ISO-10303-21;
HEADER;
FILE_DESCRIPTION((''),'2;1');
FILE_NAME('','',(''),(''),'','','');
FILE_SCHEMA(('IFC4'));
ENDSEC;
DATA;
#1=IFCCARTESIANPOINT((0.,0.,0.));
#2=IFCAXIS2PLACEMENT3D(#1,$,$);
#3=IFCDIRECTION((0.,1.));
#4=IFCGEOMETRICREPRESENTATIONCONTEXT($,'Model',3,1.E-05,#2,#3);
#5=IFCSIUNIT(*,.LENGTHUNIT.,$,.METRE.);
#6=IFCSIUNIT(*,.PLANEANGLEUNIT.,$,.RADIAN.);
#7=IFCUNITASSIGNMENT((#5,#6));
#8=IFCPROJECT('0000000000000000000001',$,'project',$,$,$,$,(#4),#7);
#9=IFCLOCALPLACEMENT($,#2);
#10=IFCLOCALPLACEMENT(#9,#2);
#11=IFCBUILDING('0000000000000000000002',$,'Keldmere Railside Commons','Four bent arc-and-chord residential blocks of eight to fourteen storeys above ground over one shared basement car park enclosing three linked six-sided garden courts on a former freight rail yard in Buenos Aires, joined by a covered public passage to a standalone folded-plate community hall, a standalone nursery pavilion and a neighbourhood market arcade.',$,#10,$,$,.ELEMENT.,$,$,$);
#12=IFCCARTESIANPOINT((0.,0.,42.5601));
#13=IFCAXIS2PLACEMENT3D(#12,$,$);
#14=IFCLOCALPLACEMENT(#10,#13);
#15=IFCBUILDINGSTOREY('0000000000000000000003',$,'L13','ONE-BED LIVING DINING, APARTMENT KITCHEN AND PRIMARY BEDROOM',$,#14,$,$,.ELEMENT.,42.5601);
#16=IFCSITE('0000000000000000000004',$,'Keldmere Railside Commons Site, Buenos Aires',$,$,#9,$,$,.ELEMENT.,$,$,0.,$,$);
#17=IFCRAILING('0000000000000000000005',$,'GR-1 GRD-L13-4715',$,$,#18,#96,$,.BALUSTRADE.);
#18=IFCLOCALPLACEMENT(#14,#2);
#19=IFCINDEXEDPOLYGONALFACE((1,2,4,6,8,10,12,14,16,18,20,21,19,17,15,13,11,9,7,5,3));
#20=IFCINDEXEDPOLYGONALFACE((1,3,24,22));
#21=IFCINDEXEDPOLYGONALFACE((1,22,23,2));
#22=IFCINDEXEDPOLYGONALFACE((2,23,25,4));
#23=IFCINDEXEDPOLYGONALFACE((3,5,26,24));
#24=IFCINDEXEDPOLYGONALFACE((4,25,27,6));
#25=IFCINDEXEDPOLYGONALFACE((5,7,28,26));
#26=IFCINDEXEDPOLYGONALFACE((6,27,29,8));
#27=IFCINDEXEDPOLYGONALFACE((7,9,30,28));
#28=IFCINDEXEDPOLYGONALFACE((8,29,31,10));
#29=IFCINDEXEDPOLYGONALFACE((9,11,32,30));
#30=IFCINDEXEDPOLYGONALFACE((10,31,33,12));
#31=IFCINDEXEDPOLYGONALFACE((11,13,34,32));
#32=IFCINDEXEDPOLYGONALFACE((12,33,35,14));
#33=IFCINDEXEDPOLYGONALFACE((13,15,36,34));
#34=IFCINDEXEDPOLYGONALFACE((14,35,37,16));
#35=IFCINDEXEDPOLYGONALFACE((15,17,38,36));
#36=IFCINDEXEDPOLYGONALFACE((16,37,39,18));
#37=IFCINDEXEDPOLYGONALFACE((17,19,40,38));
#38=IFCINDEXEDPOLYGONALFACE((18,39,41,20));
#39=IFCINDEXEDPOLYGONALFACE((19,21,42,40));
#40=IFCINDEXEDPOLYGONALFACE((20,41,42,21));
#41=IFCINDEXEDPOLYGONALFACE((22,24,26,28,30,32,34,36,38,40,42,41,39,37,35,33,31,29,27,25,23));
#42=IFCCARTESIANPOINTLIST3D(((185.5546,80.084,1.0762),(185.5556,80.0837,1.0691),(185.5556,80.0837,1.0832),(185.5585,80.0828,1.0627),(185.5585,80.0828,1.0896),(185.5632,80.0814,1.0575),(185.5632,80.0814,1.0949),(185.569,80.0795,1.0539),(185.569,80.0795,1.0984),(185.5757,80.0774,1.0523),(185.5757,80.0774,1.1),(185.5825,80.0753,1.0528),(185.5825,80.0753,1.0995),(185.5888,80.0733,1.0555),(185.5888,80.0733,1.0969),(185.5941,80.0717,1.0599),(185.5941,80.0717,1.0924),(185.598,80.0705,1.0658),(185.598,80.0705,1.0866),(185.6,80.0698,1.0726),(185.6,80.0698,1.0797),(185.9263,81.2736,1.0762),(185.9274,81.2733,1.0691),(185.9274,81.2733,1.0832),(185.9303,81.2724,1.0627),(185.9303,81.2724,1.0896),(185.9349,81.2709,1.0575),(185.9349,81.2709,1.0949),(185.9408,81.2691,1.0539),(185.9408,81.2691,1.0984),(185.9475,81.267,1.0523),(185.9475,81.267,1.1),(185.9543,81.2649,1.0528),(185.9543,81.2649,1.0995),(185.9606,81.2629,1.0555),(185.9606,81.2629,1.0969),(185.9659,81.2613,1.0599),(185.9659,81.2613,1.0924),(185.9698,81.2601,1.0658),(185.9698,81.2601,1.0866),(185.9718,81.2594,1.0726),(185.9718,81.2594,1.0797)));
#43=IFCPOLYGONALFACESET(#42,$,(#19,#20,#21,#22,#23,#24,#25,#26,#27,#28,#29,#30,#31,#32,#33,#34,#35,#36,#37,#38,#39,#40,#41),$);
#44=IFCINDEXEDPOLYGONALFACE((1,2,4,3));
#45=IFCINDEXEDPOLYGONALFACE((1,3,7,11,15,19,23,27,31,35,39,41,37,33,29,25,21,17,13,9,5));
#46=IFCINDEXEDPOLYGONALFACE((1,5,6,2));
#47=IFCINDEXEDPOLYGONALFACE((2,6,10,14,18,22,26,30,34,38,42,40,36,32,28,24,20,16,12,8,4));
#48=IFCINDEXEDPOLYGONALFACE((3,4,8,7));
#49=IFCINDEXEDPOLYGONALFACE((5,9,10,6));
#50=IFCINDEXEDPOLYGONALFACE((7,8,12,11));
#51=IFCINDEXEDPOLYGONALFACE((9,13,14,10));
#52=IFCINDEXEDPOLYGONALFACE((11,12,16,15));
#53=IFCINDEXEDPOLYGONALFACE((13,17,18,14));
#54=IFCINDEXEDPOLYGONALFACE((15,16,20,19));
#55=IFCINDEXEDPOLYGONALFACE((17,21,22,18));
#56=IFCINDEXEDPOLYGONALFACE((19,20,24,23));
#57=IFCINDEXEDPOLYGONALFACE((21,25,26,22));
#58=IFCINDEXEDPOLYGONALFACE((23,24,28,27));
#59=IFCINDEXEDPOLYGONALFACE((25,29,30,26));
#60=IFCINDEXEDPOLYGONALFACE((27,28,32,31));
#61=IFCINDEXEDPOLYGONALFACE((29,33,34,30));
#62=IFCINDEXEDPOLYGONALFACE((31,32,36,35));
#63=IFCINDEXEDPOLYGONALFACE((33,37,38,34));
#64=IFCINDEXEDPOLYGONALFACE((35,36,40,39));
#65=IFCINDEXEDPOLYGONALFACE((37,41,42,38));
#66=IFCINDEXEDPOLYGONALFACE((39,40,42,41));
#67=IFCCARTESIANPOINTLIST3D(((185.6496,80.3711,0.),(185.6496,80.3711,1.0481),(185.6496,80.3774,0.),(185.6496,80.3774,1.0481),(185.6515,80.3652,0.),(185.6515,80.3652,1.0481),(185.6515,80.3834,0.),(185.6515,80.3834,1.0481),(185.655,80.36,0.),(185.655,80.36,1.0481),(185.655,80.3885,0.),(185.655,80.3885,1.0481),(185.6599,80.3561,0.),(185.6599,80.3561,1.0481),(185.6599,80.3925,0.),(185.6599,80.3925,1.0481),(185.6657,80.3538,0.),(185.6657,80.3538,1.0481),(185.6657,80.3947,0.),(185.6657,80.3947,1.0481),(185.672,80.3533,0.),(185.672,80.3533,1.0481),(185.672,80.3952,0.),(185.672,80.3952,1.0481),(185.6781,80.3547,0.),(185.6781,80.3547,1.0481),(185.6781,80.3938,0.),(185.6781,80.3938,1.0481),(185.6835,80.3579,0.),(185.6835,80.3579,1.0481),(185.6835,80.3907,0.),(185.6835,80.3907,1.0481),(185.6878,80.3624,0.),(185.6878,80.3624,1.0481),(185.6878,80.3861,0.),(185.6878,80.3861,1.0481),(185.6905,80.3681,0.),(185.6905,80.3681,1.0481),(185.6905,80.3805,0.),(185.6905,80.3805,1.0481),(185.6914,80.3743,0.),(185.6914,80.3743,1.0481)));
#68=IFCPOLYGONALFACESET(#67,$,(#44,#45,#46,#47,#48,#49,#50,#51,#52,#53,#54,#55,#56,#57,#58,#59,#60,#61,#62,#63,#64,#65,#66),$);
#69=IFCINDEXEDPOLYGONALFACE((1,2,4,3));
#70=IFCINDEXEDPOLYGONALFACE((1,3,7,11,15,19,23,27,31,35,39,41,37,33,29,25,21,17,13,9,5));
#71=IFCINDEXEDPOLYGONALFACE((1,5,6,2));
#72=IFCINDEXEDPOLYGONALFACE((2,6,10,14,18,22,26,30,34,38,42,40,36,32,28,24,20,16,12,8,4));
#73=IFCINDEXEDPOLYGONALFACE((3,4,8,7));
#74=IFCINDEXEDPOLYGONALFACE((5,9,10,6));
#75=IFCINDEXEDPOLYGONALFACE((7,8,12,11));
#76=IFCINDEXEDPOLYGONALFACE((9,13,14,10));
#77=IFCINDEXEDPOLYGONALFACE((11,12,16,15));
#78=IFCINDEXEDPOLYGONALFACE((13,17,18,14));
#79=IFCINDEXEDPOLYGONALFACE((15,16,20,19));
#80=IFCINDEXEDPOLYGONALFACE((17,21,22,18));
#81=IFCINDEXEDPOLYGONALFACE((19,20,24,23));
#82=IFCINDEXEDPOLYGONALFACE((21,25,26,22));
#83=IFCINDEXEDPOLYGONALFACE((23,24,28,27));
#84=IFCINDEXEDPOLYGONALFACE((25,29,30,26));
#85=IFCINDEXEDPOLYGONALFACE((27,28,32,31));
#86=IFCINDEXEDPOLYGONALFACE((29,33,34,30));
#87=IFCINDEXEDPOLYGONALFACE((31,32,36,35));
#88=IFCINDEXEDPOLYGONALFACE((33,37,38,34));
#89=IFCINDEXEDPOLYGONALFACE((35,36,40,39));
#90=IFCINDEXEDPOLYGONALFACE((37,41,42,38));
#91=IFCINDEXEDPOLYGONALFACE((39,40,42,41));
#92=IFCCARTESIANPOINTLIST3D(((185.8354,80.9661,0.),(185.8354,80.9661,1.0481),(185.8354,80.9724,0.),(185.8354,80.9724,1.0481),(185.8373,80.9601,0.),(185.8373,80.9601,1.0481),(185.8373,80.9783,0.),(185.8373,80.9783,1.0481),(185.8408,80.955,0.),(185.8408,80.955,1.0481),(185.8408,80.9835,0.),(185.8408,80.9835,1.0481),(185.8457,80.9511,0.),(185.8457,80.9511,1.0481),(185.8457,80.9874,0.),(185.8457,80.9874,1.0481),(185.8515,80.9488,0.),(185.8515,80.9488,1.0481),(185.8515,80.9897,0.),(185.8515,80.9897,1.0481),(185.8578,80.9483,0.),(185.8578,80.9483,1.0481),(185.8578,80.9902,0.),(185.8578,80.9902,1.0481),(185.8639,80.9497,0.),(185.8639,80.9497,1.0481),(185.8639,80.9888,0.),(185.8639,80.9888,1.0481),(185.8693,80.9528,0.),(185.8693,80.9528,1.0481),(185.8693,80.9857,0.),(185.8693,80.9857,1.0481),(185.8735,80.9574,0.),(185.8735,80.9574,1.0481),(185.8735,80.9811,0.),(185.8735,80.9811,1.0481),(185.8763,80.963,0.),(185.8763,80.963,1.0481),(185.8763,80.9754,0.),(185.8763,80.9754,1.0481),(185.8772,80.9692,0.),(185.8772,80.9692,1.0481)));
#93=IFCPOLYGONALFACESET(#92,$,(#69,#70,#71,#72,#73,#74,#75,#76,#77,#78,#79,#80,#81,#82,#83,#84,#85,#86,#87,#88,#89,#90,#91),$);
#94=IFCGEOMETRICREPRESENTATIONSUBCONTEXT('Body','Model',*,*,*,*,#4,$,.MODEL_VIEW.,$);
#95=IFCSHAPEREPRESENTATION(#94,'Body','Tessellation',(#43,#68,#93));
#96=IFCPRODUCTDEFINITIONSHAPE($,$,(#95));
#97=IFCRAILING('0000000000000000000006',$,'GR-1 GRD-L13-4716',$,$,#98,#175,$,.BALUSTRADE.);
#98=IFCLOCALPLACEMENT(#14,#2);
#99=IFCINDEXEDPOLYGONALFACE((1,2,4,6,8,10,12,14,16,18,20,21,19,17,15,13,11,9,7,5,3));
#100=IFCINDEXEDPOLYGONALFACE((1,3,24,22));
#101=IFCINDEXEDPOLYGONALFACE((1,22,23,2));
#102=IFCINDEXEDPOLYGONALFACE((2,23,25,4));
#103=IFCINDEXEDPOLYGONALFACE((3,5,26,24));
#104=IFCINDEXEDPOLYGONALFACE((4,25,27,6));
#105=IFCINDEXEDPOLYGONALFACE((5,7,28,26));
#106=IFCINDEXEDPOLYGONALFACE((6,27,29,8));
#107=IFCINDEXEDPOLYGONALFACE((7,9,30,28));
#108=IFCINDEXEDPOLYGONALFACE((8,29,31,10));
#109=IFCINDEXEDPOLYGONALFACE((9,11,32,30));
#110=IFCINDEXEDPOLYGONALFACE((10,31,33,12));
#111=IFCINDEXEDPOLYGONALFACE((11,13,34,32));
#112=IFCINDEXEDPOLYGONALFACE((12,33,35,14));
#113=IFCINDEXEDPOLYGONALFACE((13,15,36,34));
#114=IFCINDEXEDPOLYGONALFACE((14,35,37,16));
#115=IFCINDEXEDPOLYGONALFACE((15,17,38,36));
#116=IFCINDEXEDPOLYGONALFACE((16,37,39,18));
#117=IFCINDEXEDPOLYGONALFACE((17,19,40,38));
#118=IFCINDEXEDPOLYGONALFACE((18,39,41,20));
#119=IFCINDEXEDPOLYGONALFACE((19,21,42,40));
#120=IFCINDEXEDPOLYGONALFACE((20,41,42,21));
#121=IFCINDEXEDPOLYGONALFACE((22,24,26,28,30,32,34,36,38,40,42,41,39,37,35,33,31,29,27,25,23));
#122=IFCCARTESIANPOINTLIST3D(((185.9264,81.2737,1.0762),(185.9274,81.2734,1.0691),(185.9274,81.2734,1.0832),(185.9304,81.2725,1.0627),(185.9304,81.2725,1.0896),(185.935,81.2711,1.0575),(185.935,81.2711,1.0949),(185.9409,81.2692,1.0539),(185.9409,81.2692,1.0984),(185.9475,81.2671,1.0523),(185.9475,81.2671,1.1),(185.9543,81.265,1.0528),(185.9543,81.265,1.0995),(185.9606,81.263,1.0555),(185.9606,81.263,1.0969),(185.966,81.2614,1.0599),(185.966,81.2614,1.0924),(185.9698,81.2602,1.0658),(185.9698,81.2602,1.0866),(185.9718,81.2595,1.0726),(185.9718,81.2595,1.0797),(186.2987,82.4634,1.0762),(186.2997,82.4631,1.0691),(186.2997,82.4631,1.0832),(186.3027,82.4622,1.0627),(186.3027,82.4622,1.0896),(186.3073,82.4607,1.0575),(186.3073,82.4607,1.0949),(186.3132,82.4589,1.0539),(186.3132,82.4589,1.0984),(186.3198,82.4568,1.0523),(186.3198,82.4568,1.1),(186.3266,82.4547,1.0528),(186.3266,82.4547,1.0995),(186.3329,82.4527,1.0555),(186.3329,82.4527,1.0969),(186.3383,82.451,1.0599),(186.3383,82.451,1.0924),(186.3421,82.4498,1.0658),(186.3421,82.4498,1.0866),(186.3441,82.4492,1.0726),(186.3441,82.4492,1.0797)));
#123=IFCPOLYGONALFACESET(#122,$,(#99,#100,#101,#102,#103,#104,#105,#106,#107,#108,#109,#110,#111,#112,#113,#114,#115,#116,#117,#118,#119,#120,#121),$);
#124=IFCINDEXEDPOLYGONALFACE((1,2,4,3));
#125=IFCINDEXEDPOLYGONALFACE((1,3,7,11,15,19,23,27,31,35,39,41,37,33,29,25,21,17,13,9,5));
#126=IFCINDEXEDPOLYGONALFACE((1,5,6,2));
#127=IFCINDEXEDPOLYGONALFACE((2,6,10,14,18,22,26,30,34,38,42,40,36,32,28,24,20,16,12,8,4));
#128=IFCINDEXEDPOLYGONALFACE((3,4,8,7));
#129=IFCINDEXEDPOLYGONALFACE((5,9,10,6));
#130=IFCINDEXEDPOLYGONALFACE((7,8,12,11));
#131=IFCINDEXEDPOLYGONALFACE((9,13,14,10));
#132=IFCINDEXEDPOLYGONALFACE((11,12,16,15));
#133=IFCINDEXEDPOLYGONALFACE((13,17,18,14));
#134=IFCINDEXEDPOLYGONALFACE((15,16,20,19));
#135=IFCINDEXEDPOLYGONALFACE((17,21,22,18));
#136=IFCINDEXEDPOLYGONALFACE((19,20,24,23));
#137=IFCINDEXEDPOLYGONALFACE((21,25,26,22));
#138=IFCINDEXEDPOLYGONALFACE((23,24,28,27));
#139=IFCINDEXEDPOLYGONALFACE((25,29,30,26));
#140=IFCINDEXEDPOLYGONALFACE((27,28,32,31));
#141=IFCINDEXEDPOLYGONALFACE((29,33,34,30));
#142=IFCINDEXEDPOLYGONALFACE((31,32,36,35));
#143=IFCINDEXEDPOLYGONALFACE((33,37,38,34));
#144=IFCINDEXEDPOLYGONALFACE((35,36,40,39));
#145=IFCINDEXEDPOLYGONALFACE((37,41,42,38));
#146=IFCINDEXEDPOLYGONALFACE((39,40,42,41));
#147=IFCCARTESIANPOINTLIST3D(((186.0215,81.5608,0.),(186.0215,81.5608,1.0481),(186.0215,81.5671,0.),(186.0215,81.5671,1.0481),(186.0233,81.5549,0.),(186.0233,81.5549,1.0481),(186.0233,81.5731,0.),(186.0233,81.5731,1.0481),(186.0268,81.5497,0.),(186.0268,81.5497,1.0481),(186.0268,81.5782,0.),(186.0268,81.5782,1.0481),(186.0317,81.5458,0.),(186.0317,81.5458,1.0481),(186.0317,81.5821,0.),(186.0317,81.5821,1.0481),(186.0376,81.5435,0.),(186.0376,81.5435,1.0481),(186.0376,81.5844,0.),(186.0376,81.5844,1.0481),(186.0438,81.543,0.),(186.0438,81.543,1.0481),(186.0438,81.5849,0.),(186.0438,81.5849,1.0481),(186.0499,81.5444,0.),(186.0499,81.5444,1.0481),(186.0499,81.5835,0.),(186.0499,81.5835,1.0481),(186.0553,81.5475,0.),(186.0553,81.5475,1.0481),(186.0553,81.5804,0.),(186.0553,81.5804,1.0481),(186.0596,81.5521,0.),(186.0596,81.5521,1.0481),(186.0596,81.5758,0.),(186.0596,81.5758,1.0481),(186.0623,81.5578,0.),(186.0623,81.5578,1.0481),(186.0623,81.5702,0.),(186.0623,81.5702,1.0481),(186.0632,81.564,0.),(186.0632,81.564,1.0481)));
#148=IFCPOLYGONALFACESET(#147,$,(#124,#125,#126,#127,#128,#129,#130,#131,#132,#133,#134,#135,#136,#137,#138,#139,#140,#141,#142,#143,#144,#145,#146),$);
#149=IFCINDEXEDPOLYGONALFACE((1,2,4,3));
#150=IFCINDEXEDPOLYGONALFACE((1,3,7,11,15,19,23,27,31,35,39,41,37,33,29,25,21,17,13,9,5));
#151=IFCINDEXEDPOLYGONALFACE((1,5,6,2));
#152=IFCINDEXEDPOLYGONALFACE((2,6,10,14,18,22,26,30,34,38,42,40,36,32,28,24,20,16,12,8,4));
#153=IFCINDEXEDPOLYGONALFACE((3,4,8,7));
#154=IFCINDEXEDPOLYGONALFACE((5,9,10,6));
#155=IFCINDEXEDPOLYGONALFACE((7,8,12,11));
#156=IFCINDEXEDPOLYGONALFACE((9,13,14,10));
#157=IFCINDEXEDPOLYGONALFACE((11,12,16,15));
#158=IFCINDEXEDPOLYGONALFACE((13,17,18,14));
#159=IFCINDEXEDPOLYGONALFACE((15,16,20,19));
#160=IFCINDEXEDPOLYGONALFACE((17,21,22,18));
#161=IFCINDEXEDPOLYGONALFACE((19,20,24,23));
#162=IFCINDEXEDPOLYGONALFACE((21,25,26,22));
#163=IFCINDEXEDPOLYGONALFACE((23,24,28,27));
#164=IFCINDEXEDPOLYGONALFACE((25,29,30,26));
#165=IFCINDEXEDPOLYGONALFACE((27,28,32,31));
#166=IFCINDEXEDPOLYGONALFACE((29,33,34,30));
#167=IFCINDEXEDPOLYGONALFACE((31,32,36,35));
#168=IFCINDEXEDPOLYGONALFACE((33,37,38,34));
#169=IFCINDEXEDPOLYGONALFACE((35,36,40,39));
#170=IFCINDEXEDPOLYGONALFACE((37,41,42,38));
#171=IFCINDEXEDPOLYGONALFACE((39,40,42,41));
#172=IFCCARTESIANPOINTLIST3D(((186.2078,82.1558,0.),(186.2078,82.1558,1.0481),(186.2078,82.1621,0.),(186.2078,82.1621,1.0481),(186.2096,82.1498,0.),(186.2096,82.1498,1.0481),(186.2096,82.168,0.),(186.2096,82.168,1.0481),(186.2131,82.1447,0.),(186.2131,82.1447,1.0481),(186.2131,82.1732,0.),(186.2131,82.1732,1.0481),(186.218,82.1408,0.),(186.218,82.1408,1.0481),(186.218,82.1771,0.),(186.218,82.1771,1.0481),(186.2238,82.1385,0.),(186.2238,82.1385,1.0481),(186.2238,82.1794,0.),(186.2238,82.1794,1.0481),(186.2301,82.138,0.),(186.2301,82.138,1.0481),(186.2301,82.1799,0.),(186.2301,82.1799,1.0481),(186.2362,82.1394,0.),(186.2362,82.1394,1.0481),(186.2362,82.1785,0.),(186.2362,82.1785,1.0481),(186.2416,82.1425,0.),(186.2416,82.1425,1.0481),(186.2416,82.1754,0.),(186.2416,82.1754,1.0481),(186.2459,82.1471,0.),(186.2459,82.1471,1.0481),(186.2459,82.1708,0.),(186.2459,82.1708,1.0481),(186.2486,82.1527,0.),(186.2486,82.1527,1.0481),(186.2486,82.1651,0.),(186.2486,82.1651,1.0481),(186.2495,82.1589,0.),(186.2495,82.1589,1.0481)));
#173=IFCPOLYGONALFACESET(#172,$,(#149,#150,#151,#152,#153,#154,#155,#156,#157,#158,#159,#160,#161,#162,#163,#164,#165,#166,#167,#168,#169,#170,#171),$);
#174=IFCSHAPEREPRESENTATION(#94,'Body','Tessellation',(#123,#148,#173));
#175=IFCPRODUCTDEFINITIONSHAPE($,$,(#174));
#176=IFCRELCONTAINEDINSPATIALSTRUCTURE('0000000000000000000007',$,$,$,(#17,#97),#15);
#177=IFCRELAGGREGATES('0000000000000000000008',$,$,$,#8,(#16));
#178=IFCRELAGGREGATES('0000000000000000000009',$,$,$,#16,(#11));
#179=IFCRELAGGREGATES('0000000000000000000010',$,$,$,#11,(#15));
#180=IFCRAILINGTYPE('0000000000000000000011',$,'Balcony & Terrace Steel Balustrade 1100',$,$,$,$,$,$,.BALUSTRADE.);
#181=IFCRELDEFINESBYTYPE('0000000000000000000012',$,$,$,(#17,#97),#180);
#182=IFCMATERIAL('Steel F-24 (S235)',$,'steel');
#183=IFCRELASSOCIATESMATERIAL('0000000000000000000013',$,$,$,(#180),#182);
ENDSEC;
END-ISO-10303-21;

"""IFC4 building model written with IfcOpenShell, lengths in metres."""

from ifc_helpers import new_model, si_unit, direction, frame, origin, origin_2d, place, context, subcontext, project, spatial, circle, extrude, material, type_object, element, save


model = new_model("IFC4")

# Units and contexts
model_context = context("Model", 3, precision=1e-05, world=origin(), true_north=direction((0.0, 1.0)))
body_context = subcontext(model_context, "Body", "Model", "MODEL_VIEW")
ifc_project = project(units=[si_unit("LENGTHUNIT", "METRE"), si_unit("PLANEANGLEUNIT", "RADIAN")], contexts=[model_context])

# Site, building, storey
site_placement = place(None, origin())
site = spatial("IfcSite", under=ifc_project, at=site_placement, Name="Keldmere Railside Commons Site, Buenos Aires", CompositionType="ELEMENT", RefElevation=0.0)
building_placement = place(site_placement, origin())
building = spatial("IfcBuilding", under=site, at=building_placement, Name="Keldmere Railside Commons", Description="Four bent arc-and-chord residential blocks of eight to fourteen storeys above ground over one shared basement car park enclosing three linked six-sided garden courts on a former freight rail yard in Buenos Aires, joined by a covered public passage to a standalone folded-plate community hall, a standalone nursery pavilion and a neighbourhood market arcade.", CompositionType="ELEMENT")
storey_placement = place(building_placement, frame((0.0, 0.0, 42.5601)))
storey = spatial("IfcBuildingStorey", under=building, at=storey_placement, Name="L13", Description="ONE-BED LIVING DINING, APARTMENT KITCHEN AND PRIMARY BEDROOM", CompositionType="ELEMENT", Elevation=42.5601)

# Railings
ifc_material_1 = material(Name="Steel F-24 (S235)", Category="steel")
railing_type = type_object("IfcRailingType", Name="Balcony & Terrace Steel Balustrade 1100", PredefinedType="BALUSTRADE", material=ifc_material_1)
railing_1_placement = place(storey_placement, frame((185.5774, 80.0769, 0.0)))
element("IfcRailing", 1, at=railing_1_placement, inside=storey, type_object=railing_type, Name="GR-1 GRD-L13-4715", PredefinedType="BALUSTRADE", context=body_context, shape_type="SweptSolid", body=[
    extrude(circle(Radius=0.0239, at=origin_2d()), frame((0.0, 0.0, 1.0762), z_axis=(0.298308, 0.95447, 0.0), x_axis=(-0.95447, 0.298308, 0.0)), (0.0, 0.0, 1.0), 1.2463),
    extrude(circle(Radius=0.021, at=origin_2d()), frame((0.093, 0.2974, 0.0)), (0.0, 0.0, 1.0), 1.0481),
    extrude(circle(Radius=0.021, at=origin_2d()), frame((0.2788, 0.8923, 0.0)), (0.0, 0.0, 1.0), 1.0481),
])
railing_2_placement = place(storey_placement, frame((185.9492, 81.2666, 0.0)))
element("IfcRailing", 2, at=railing_2_placement, inside=storey, type_object=railing_type, Name="GR-1 GRD-L13-4716", PredefinedType="BALUSTRADE", context=body_context, shape_type="SweptSolid", body=[
    extrude(circle(Radius=0.0239, at=origin_2d()), frame((0.0, 0.0, 1.0762), z_axis=(0.298665, 0.954358, 0.0), x_axis=(-0.954358, 0.298665, 0.0)), (0.0, 0.0, 1.0), 1.2466),
    extrude(circle(Radius=0.021, at=origin_2d()), frame((0.093, 0.2974, 0.0)), (0.0, 0.0, 1.0), 1.0481),
    extrude(circle(Radius=0.021, at=origin_2d()), frame((0.2793, 0.8923, 0.0)), (0.0, 0.0, 1.0), 1.0481),
])

save(model, "model.ifc")
